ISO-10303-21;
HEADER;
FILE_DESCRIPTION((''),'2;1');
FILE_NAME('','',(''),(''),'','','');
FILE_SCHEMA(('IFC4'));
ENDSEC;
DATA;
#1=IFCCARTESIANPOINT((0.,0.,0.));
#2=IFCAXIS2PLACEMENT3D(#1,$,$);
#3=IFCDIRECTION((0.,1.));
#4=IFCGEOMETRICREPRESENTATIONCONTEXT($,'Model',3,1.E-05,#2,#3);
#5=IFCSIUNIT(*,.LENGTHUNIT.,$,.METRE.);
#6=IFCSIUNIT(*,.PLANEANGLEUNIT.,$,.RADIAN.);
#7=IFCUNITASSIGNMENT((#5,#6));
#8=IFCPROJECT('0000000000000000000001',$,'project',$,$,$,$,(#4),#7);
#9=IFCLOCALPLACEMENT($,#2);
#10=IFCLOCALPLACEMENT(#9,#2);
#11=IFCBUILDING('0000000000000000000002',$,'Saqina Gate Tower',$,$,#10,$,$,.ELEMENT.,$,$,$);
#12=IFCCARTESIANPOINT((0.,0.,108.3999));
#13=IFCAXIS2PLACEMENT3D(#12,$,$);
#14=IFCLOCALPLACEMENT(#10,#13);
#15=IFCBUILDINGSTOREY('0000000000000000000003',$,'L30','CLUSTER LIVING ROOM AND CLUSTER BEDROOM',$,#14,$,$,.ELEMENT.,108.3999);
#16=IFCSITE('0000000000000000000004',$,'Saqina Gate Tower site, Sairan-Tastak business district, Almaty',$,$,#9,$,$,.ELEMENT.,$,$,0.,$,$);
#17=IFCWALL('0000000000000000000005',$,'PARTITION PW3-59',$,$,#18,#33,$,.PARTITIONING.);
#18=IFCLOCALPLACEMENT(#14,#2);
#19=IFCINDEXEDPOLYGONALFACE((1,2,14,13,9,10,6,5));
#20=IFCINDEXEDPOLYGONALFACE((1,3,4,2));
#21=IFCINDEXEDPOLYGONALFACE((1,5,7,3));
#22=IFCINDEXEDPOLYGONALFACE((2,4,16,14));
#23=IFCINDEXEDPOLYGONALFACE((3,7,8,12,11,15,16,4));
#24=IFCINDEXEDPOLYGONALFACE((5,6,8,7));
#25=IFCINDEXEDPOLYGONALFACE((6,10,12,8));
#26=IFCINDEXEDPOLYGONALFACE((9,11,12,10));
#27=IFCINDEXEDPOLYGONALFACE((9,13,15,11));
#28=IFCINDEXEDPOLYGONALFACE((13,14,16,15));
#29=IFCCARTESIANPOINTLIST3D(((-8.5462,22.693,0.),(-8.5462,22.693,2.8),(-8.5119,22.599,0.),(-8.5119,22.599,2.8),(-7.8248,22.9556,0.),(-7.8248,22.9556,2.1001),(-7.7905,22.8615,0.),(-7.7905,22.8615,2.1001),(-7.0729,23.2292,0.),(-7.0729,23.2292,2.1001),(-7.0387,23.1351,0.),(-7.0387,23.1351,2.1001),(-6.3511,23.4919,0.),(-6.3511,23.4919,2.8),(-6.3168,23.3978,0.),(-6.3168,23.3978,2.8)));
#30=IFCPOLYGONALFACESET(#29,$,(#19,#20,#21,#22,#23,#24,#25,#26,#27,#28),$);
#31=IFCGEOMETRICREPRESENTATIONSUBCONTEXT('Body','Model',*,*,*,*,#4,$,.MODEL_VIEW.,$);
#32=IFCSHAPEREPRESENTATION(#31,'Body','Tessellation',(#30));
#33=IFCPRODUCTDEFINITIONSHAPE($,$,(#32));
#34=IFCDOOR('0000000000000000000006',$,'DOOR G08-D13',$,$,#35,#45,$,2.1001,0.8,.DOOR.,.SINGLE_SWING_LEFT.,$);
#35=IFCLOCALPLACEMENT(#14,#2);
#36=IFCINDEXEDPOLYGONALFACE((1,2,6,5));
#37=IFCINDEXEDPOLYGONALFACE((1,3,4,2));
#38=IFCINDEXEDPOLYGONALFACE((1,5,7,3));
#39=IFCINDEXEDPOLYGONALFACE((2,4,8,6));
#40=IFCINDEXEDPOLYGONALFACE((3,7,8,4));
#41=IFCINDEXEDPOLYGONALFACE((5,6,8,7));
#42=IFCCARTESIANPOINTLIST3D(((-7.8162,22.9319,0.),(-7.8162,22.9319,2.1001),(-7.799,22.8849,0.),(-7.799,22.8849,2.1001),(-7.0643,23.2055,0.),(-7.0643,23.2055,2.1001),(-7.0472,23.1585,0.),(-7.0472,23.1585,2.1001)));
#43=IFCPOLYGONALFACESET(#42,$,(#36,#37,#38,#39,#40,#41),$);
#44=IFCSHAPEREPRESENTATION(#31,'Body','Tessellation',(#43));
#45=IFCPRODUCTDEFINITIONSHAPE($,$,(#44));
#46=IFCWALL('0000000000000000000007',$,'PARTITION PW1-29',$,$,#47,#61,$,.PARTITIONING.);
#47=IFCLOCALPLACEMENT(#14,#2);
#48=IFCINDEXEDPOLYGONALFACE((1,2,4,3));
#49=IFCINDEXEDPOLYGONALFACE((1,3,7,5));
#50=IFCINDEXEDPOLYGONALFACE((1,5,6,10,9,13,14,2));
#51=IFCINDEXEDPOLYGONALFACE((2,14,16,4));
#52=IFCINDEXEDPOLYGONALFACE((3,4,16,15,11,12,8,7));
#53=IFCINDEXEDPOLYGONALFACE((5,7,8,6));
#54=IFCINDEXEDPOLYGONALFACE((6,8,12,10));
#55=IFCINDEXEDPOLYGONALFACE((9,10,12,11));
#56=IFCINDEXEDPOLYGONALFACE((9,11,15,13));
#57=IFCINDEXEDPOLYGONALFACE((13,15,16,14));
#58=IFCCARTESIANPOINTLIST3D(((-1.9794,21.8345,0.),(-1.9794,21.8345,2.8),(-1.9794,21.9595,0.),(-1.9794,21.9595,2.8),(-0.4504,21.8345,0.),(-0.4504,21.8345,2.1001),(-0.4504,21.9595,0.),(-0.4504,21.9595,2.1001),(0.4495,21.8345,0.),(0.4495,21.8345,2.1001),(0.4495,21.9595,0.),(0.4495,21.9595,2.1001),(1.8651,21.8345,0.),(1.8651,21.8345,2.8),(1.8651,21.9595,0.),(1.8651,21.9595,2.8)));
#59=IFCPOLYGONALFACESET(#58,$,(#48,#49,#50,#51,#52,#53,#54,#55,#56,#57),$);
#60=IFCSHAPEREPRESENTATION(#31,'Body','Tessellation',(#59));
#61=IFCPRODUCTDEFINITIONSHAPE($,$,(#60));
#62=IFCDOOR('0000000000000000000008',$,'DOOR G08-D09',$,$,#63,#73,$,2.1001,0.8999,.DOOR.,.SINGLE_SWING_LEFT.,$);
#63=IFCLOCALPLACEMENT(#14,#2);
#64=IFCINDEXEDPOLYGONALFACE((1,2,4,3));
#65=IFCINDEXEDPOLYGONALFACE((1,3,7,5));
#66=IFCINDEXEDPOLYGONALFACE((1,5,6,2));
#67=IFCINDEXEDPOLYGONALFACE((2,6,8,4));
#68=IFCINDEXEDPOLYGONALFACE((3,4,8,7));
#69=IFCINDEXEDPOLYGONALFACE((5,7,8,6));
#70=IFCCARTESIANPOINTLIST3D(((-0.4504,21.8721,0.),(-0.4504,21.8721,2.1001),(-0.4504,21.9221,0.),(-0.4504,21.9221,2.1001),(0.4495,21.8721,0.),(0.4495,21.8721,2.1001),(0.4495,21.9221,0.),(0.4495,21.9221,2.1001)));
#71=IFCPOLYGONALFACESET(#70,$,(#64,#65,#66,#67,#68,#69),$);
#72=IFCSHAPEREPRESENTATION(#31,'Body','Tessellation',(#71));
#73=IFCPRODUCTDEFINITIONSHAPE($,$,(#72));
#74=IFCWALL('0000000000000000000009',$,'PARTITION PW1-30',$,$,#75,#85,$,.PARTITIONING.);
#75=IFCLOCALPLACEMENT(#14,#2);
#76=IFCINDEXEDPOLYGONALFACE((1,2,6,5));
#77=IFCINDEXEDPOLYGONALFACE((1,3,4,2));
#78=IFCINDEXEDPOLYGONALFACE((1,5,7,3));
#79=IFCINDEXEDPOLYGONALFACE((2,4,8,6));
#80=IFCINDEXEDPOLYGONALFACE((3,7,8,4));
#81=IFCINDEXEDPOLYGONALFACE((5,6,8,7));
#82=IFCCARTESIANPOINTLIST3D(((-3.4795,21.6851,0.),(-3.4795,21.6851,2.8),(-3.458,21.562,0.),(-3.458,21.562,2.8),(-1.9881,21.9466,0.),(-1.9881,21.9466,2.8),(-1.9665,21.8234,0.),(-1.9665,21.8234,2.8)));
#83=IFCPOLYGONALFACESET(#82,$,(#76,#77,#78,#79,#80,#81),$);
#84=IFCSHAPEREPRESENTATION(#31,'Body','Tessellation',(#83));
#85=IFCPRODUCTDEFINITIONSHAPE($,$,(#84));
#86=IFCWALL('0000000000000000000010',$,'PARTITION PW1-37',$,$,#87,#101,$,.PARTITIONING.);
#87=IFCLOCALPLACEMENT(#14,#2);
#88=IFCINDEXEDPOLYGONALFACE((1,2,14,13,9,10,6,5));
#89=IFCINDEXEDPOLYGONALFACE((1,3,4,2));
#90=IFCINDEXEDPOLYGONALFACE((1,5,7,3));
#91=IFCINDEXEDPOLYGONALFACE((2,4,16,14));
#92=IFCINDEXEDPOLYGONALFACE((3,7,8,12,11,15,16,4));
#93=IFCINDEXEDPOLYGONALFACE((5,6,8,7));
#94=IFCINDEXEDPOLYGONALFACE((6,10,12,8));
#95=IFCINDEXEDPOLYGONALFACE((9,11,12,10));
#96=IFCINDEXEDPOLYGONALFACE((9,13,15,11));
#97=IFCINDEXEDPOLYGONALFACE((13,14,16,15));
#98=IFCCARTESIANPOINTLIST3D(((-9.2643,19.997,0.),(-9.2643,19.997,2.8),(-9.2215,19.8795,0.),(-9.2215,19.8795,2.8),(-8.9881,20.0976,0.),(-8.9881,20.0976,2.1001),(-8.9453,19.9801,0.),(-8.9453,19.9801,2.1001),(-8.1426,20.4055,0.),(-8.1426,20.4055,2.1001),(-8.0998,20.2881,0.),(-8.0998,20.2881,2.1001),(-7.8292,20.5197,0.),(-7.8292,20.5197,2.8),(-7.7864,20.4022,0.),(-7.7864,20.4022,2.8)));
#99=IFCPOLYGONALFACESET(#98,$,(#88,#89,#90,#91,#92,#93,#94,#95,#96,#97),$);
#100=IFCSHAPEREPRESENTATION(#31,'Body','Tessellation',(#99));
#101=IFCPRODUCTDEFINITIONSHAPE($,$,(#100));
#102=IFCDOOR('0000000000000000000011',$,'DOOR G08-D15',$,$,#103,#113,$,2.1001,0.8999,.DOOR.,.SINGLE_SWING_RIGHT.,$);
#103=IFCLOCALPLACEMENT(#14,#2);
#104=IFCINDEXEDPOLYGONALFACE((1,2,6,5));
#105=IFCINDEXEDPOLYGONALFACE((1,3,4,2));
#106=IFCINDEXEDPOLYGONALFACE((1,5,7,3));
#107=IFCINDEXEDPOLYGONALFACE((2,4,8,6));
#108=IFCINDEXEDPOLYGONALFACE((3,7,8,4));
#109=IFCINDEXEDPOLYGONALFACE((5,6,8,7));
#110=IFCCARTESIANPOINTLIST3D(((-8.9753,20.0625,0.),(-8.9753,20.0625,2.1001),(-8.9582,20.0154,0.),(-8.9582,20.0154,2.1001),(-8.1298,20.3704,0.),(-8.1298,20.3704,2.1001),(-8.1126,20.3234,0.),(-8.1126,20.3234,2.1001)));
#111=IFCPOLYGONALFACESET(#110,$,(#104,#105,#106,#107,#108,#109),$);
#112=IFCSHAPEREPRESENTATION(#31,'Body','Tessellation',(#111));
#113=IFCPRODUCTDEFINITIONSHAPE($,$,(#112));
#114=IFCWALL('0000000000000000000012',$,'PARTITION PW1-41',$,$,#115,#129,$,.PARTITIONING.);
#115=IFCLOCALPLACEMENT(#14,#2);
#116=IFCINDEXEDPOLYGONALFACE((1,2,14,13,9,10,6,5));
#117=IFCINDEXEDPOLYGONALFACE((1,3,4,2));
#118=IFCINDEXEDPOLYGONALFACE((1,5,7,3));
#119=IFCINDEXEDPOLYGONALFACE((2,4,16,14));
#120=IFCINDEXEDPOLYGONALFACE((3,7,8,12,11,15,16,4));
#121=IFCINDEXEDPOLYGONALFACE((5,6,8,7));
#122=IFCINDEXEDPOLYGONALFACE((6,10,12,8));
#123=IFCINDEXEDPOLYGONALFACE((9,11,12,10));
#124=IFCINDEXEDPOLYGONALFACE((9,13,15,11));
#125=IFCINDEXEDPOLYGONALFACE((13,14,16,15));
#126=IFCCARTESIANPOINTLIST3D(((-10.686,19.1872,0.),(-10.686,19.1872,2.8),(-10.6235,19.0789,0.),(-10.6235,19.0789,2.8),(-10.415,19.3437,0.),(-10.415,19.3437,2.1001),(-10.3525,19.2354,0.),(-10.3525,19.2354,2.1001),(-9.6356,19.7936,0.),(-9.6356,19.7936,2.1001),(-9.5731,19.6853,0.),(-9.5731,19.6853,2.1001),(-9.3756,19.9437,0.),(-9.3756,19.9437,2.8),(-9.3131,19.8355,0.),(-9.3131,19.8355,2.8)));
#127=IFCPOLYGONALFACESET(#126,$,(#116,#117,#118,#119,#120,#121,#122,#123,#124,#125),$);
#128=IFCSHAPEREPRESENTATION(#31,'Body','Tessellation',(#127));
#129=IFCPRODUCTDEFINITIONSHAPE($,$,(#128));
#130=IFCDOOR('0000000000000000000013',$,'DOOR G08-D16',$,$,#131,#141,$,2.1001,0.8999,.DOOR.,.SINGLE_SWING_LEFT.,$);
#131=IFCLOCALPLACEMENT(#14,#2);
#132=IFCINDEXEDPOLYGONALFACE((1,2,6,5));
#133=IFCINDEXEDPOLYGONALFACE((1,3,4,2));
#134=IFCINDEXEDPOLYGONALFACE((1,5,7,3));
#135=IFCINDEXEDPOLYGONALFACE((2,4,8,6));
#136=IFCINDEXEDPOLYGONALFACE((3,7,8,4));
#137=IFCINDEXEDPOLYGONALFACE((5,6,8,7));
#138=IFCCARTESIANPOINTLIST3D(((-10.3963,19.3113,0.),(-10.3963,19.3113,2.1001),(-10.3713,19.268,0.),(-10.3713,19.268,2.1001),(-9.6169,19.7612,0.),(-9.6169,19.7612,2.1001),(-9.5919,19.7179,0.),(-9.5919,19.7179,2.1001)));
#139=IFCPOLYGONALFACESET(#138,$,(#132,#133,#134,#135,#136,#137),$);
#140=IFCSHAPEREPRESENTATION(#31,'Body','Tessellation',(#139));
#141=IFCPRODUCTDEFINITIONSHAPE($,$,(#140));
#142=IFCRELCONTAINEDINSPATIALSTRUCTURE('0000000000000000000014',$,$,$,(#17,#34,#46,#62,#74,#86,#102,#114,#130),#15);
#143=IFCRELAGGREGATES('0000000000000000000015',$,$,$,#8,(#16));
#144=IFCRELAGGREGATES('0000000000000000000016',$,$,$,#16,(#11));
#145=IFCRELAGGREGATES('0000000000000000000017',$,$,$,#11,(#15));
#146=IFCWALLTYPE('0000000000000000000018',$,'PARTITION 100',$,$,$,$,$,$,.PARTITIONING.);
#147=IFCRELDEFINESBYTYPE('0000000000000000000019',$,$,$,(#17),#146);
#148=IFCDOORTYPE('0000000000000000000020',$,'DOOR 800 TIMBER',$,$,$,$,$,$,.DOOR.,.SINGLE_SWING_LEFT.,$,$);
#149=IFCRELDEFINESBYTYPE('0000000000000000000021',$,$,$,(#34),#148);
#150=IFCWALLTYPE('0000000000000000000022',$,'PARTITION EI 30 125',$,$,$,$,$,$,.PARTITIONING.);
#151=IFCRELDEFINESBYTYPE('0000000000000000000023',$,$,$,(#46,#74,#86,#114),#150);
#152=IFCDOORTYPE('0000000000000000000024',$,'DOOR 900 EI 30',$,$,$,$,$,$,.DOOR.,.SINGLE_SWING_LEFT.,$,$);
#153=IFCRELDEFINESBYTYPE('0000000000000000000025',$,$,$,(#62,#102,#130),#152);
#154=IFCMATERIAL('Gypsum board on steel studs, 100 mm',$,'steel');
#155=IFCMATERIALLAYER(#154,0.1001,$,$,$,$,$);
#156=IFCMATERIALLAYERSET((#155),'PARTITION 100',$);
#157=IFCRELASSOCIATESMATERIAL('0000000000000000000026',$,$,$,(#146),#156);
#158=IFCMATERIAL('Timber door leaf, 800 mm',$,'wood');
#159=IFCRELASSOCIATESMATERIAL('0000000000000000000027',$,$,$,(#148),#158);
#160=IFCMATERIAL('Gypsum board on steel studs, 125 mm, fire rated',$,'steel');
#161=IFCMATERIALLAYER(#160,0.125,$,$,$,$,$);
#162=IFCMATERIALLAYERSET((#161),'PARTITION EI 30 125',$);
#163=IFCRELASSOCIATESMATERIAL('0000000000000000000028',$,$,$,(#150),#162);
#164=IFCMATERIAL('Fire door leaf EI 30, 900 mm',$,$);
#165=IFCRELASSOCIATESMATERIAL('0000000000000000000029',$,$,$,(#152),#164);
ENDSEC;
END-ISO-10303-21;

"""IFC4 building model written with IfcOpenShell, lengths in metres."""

from ifc_helpers import new_model, si_unit, direction, frame, frame_2d, origin, place, context, subcontext, project, spatial, rectangle, extrude, material, layer, layer_set, type_object, element, fill, save


model = new_model("IFC4")

# Units and contexts
model_context = context("Model", 3, precision=1e-05, world=origin(), true_north=direction((0.0, 1.0)))
body_context = subcontext(model_context, "Body", "Model", "MODEL_VIEW")
ifc_project = project(units=[si_unit("LENGTHUNIT", "METRE"), si_unit("PLANEANGLEUNIT", "RADIAN")], contexts=[model_context])

# Site, building, storey
site_placement = place(None, origin())
site = spatial("IfcSite", under=ifc_project, at=site_placement, Name="Saqina Gate Tower site, Sairan-Tastak business district, Almaty", CompositionType="ELEMENT", RefElevation=0.0)
building_placement = place(site_placement, origin())
building = spatial("IfcBuilding", under=site, at=building_placement, Name="Saqina Gate Tower", CompositionType="ELEMENT")
storey_placement = place(building_placement, frame((0.0, 0.0, 108.3999)))
storey = spatial("IfcBuildingStorey", under=building, at=storey_placement, Name="L30", Description="CLUSTER LIVING ROOM AND CLUSTER BEDROOM", CompositionType="ELEMENT", Elevation=108.3999)

# Shared definitions
ifc_material_1 = material(Name="Gypsum board on steel studs, 100 mm", Category="steel")
ifc_layer_1 = layer(ifc_material_1, 0.1001)
ifc_layer_set_1 = layer_set([ifc_layer_1], Name="PARTITION 100")
wall_type_1 = type_object("IfcWallType", Name="PARTITION 100", PredefinedType="PARTITIONING", material=ifc_layer_set_1)

# Shared definitions
ifc_material_2 = material(Name="Timber door leaf, 800 mm", Category="wood")
door_type_1 = type_object("IfcDoorType", Name="DOOR 800 TIMBER", OperationType="SINGLE_SWING_LEFT", PredefinedType="DOOR", material=ifc_material_2)

# Walls, openings, doors
wall_1_placement = place(storey_placement, frame((-8.5291, 22.646, 0.0), z_axis=(0.0, 0.0, 1.0), x_axis=(0.939708, 0.341978, 0.0)))
wall_1 = element("IfcWall", 1, at=wall_1_placement, inside=storey, type_object=wall_type_1, Name="PARTITION PW3-59", PredefinedType="PARTITIONING", context=body_context, shape_type="SweptSolid", body=[
    extrude(rectangle(XDim=2.3359, YDim=0.1001, at=frame_2d((1.168, 0.0))), origin(), (0.0, 0.0, 1.0), 2.8),
])
opening_1_placement = place(wall_1_placement, frame((0.7678, 0.0, 0.0)))
opening_1 = element("IfcOpeningElement", 2, at=opening_1_placement, cuts=wall_1, PredefinedType="OPENING", context=body_context, shape_type="SweptSolid", body=[
    extrude(rectangle(XDim=0.8, YDim=2.1001, at=frame_2d((0.3999, 1.05))), frame((0.0, 0.062, 0.0), z_axis=(0.0, -1.0, 0.0), x_axis=(1.0, 0.0, 0.0)), (0.0, 0.0, 1.0), 0.124),
])
door_1_placement = place(opening_1_placement, origin())
door_1 = element("IfcDoor", 3, at=door_1_placement, inside=storey, type_object=door_type_1, Name="DOOR G08-D13", OperationType="SINGLE_SWING_LEFT", OverallHeight=2.1001, OverallWidth=0.8, PredefinedType="DOOR", context=body_context, shape_type="SweptSolid", body=[
    extrude(rectangle(XDim=0.8, YDim=2.1001, at=frame_2d((0.3999, 1.05))), frame((0.0, 0.0249, 0.0), z_axis=(0.0, -1.0, 0.0), x_axis=(1.0, 0.0, 0.0)), (0.0, 0.0, 1.0), 0.05),
])
fill(opening_1, door_1)
ifc_material_3 = material(Name="Gypsum board on steel studs, 125 mm, fire rated", Category="steel")
ifc_layer_2 = layer(ifc_material_3, 0.125)
ifc_layer_set_2 = layer_set([ifc_layer_2], Name="PARTITION EI 30 125")
wall_type_2 = type_object("IfcWallType", Name="PARTITION EI 30 125", PredefinedType="PARTITIONING", material=ifc_layer_set_2)
wall_2_placement = place(storey_placement, frame((-1.9795, 21.897, 0.0), z_axis=(0.0, 0.0, 1.0), x_axis=(1.0, 0.0, 0.0)))
wall_2 = element("IfcWall", 4, at=wall_2_placement, inside=storey, type_object=wall_type_2, Name="PARTITION PW1-29", PredefinedType="PARTITIONING", context=body_context, shape_type="SweptSolid", body=[
    extrude(rectangle(XDim=3.8445, YDim=0.125, at=frame_2d((1.9224, 0.0))), origin(), (0.0, 0.0, 1.0), 2.8),
])
opening_2_placement = place(wall_2_placement, frame((1.5291, 0.0, 0.0)))
opening_2 = element("IfcOpeningElement", 5, at=opening_2_placement, cuts=wall_2, PredefinedType="OPENING", context=body_context, shape_type="SweptSolid", body=[
    extrude(rectangle(XDim=0.8999, YDim=2.1001, at=frame_2d((0.45, 1.05))), frame((0.0, 0.0745, 0.0), z_axis=(0.0, -1.0, 0.0), x_axis=(1.0, 0.0, 0.0)), (0.0, 0.0, 1.0), 0.1489),
])
ifc_material_4 = material(Name="Fire door leaf EI 30, 900 mm")
door_type_2 = type_object("IfcDoorType", Name="DOOR 900 EI 30", OperationType="SINGLE_SWING_LEFT", PredefinedType="DOOR", material=ifc_material_4)
door_2_placement = place(opening_2_placement, frame((0.8999, 0.0, 0.0), z_axis=(0.0, 0.0, 1.0), x_axis=(-1.0, 0.0, 0.0)))
door_2 = element("IfcDoor", 6, at=door_2_placement, inside=storey, type_object=door_type_2, Name="DOOR G08-D09", OperationType="SINGLE_SWING_LEFT", OverallHeight=2.1001, OverallWidth=0.8999, PredefinedType="DOOR", context=body_context, shape_type="SweptSolid", body=[
    extrude(rectangle(XDim=0.8999, YDim=2.1001, at=frame_2d((0.45, 1.05))), frame((0.0, 0.0249, 0.0), z_axis=(0.0, -1.0, 0.0), x_axis=(1.0, 0.0, 0.0)), (0.0, 0.0, 1.0), 0.05),
])
fill(opening_2, door_2)

# Wall
wall_3_placement = place(storey_placement, frame((-3.4688, 21.6235, 0.0), z_axis=(0.0, 0.0, 1.0), x_axis=(0.984978, 0.172681, 0.0)))
element("IfcWall", 7, at=wall_3_placement, inside=storey, type_object=wall_type_2, Name="PARTITION PW1-30", PredefinedType="PARTITIONING", context=body_context, shape_type="SweptSolid", body=[
    extrude(rectangle(XDim=1.5142, YDim=0.125, at=frame_2d((0.7571, 0.0))), origin(), (0.0, 0.0, 1.0), 2.8),
])

# Walls, openings, doors
wall_4_placement = place(storey_placement, frame((-9.2429, 19.9382, 0.0), z_axis=(0.0, 0.0, 1.0), x_axis=(0.939611, 0.342244, 0.0)))
wall_4 = element("IfcWall", 8, at=wall_4_placement, inside=storey, type_object=wall_type_2, Name="PARTITION PW1-37", PredefinedType="PARTITIONING", context=body_context, shape_type="SweptSolid", body=[
    extrude(rectangle(XDim=1.5273, YDim=0.125, at=frame_2d((0.7637, 0.0))), origin(), (0.0, 0.0, 1.0), 2.8),
])
opening_3_placement = place(wall_4_placement, frame((0.2939, 0.0, 0.0)))
opening_3 = element("IfcOpeningElement", 9, at=opening_3_placement, cuts=wall_4, PredefinedType="OPENING", context=body_context, shape_type="SweptSolid", body=[
    extrude(rectangle(XDim=0.8999, YDim=2.1001, at=frame_2d((0.45, 1.05))), frame((0.0, 0.0745, 0.0), z_axis=(0.0, -1.0, 0.0), x_axis=(1.0, 0.0, 0.0)), (0.0, 0.0, 1.0), 0.1489),
])
door_3_placement = place(opening_3_placement, frame((0.8999, 0.0, 0.0), z_axis=(0.0, 0.0, 1.0), x_axis=(-1.0, 0.0, 0.0)))
door_3 = element("IfcDoor", 10, at=door_3_placement, inside=storey, type_object=door_type_2, Name="DOOR G08-D15", OperationType="SINGLE_SWING_RIGHT", OverallHeight=2.1001, OverallWidth=0.8999, PredefinedType="DOOR", context=body_context, shape_type="SweptSolid", body=[
    extrude(rectangle(XDim=0.8999, YDim=2.1001, at=frame_2d((0.45, 1.05))), frame((0.0, 0.0249, 0.0), z_axis=(0.0, -1.0, 0.0), x_axis=(1.0, 0.0, 0.0)), (0.0, 0.0, 1.0), 0.05),
])
fill(opening_3, door_3)
wall_5_placement = place(storey_placement, frame((-10.6548, 19.1331, 0.0), z_axis=(0.0, 0.0, 1.0), x_axis=(0.866041, 0.499974, 0.0)))
wall_5 = element("IfcWall", 11, at=wall_5_placement, inside=storey, type_object=wall_type_2, Name="PARTITION PW1-41", PredefinedType="PARTITIONING", context=body_context, shape_type="SweptSolid", body=[
    extrude(rectangle(XDim=1.5132, YDim=0.125, at=frame_2d((0.7566, 0.0))), origin(), (0.0, 0.0, 1.0), 2.8),
])
opening_4_placement = place(wall_5_placement, frame((0.313, 0.0, 0.0)))
opening_4 = element("IfcOpeningElement", 12, at=opening_4_placement, cuts=wall_5, PredefinedType="OPENING", context=body_context, shape_type="SweptSolid", body=[
    extrude(rectangle(XDim=0.8999, YDim=2.1001, at=frame_2d((0.45, 1.05))), frame((0.0, 0.0745, 0.0), z_axis=(0.0, -1.0, 0.0), x_axis=(1.0, 0.0, 0.0)), (0.0, 0.0, 1.0), 0.1489),
])
door_4_placement = place(opening_4_placement, frame((0.8999, 0.0, 0.0), z_axis=(0.0, 0.0, 1.0), x_axis=(-1.0, 0.0, 0.0)))
door_4 = element("IfcDoor", 13, at=door_4_placement, inside=storey, type_object=door_type_2, Name="DOOR G08-D16", OperationType="SINGLE_SWING_LEFT", OverallHeight=2.1001, OverallWidth=0.8999, PredefinedType="DOOR", context=body_context, shape_type="SweptSolid", body=[
    extrude(rectangle(XDim=0.8999, YDim=2.1001, at=frame_2d((0.45, 1.05))), frame((0.0, 0.0249, 0.0), z_axis=(0.0, -1.0, 0.0), x_axis=(1.0, 0.0, 0.0)), (0.0, 0.0, 1.0), 0.05),
])
fill(opening_4, door_4)

save(model, "model.ifc")
